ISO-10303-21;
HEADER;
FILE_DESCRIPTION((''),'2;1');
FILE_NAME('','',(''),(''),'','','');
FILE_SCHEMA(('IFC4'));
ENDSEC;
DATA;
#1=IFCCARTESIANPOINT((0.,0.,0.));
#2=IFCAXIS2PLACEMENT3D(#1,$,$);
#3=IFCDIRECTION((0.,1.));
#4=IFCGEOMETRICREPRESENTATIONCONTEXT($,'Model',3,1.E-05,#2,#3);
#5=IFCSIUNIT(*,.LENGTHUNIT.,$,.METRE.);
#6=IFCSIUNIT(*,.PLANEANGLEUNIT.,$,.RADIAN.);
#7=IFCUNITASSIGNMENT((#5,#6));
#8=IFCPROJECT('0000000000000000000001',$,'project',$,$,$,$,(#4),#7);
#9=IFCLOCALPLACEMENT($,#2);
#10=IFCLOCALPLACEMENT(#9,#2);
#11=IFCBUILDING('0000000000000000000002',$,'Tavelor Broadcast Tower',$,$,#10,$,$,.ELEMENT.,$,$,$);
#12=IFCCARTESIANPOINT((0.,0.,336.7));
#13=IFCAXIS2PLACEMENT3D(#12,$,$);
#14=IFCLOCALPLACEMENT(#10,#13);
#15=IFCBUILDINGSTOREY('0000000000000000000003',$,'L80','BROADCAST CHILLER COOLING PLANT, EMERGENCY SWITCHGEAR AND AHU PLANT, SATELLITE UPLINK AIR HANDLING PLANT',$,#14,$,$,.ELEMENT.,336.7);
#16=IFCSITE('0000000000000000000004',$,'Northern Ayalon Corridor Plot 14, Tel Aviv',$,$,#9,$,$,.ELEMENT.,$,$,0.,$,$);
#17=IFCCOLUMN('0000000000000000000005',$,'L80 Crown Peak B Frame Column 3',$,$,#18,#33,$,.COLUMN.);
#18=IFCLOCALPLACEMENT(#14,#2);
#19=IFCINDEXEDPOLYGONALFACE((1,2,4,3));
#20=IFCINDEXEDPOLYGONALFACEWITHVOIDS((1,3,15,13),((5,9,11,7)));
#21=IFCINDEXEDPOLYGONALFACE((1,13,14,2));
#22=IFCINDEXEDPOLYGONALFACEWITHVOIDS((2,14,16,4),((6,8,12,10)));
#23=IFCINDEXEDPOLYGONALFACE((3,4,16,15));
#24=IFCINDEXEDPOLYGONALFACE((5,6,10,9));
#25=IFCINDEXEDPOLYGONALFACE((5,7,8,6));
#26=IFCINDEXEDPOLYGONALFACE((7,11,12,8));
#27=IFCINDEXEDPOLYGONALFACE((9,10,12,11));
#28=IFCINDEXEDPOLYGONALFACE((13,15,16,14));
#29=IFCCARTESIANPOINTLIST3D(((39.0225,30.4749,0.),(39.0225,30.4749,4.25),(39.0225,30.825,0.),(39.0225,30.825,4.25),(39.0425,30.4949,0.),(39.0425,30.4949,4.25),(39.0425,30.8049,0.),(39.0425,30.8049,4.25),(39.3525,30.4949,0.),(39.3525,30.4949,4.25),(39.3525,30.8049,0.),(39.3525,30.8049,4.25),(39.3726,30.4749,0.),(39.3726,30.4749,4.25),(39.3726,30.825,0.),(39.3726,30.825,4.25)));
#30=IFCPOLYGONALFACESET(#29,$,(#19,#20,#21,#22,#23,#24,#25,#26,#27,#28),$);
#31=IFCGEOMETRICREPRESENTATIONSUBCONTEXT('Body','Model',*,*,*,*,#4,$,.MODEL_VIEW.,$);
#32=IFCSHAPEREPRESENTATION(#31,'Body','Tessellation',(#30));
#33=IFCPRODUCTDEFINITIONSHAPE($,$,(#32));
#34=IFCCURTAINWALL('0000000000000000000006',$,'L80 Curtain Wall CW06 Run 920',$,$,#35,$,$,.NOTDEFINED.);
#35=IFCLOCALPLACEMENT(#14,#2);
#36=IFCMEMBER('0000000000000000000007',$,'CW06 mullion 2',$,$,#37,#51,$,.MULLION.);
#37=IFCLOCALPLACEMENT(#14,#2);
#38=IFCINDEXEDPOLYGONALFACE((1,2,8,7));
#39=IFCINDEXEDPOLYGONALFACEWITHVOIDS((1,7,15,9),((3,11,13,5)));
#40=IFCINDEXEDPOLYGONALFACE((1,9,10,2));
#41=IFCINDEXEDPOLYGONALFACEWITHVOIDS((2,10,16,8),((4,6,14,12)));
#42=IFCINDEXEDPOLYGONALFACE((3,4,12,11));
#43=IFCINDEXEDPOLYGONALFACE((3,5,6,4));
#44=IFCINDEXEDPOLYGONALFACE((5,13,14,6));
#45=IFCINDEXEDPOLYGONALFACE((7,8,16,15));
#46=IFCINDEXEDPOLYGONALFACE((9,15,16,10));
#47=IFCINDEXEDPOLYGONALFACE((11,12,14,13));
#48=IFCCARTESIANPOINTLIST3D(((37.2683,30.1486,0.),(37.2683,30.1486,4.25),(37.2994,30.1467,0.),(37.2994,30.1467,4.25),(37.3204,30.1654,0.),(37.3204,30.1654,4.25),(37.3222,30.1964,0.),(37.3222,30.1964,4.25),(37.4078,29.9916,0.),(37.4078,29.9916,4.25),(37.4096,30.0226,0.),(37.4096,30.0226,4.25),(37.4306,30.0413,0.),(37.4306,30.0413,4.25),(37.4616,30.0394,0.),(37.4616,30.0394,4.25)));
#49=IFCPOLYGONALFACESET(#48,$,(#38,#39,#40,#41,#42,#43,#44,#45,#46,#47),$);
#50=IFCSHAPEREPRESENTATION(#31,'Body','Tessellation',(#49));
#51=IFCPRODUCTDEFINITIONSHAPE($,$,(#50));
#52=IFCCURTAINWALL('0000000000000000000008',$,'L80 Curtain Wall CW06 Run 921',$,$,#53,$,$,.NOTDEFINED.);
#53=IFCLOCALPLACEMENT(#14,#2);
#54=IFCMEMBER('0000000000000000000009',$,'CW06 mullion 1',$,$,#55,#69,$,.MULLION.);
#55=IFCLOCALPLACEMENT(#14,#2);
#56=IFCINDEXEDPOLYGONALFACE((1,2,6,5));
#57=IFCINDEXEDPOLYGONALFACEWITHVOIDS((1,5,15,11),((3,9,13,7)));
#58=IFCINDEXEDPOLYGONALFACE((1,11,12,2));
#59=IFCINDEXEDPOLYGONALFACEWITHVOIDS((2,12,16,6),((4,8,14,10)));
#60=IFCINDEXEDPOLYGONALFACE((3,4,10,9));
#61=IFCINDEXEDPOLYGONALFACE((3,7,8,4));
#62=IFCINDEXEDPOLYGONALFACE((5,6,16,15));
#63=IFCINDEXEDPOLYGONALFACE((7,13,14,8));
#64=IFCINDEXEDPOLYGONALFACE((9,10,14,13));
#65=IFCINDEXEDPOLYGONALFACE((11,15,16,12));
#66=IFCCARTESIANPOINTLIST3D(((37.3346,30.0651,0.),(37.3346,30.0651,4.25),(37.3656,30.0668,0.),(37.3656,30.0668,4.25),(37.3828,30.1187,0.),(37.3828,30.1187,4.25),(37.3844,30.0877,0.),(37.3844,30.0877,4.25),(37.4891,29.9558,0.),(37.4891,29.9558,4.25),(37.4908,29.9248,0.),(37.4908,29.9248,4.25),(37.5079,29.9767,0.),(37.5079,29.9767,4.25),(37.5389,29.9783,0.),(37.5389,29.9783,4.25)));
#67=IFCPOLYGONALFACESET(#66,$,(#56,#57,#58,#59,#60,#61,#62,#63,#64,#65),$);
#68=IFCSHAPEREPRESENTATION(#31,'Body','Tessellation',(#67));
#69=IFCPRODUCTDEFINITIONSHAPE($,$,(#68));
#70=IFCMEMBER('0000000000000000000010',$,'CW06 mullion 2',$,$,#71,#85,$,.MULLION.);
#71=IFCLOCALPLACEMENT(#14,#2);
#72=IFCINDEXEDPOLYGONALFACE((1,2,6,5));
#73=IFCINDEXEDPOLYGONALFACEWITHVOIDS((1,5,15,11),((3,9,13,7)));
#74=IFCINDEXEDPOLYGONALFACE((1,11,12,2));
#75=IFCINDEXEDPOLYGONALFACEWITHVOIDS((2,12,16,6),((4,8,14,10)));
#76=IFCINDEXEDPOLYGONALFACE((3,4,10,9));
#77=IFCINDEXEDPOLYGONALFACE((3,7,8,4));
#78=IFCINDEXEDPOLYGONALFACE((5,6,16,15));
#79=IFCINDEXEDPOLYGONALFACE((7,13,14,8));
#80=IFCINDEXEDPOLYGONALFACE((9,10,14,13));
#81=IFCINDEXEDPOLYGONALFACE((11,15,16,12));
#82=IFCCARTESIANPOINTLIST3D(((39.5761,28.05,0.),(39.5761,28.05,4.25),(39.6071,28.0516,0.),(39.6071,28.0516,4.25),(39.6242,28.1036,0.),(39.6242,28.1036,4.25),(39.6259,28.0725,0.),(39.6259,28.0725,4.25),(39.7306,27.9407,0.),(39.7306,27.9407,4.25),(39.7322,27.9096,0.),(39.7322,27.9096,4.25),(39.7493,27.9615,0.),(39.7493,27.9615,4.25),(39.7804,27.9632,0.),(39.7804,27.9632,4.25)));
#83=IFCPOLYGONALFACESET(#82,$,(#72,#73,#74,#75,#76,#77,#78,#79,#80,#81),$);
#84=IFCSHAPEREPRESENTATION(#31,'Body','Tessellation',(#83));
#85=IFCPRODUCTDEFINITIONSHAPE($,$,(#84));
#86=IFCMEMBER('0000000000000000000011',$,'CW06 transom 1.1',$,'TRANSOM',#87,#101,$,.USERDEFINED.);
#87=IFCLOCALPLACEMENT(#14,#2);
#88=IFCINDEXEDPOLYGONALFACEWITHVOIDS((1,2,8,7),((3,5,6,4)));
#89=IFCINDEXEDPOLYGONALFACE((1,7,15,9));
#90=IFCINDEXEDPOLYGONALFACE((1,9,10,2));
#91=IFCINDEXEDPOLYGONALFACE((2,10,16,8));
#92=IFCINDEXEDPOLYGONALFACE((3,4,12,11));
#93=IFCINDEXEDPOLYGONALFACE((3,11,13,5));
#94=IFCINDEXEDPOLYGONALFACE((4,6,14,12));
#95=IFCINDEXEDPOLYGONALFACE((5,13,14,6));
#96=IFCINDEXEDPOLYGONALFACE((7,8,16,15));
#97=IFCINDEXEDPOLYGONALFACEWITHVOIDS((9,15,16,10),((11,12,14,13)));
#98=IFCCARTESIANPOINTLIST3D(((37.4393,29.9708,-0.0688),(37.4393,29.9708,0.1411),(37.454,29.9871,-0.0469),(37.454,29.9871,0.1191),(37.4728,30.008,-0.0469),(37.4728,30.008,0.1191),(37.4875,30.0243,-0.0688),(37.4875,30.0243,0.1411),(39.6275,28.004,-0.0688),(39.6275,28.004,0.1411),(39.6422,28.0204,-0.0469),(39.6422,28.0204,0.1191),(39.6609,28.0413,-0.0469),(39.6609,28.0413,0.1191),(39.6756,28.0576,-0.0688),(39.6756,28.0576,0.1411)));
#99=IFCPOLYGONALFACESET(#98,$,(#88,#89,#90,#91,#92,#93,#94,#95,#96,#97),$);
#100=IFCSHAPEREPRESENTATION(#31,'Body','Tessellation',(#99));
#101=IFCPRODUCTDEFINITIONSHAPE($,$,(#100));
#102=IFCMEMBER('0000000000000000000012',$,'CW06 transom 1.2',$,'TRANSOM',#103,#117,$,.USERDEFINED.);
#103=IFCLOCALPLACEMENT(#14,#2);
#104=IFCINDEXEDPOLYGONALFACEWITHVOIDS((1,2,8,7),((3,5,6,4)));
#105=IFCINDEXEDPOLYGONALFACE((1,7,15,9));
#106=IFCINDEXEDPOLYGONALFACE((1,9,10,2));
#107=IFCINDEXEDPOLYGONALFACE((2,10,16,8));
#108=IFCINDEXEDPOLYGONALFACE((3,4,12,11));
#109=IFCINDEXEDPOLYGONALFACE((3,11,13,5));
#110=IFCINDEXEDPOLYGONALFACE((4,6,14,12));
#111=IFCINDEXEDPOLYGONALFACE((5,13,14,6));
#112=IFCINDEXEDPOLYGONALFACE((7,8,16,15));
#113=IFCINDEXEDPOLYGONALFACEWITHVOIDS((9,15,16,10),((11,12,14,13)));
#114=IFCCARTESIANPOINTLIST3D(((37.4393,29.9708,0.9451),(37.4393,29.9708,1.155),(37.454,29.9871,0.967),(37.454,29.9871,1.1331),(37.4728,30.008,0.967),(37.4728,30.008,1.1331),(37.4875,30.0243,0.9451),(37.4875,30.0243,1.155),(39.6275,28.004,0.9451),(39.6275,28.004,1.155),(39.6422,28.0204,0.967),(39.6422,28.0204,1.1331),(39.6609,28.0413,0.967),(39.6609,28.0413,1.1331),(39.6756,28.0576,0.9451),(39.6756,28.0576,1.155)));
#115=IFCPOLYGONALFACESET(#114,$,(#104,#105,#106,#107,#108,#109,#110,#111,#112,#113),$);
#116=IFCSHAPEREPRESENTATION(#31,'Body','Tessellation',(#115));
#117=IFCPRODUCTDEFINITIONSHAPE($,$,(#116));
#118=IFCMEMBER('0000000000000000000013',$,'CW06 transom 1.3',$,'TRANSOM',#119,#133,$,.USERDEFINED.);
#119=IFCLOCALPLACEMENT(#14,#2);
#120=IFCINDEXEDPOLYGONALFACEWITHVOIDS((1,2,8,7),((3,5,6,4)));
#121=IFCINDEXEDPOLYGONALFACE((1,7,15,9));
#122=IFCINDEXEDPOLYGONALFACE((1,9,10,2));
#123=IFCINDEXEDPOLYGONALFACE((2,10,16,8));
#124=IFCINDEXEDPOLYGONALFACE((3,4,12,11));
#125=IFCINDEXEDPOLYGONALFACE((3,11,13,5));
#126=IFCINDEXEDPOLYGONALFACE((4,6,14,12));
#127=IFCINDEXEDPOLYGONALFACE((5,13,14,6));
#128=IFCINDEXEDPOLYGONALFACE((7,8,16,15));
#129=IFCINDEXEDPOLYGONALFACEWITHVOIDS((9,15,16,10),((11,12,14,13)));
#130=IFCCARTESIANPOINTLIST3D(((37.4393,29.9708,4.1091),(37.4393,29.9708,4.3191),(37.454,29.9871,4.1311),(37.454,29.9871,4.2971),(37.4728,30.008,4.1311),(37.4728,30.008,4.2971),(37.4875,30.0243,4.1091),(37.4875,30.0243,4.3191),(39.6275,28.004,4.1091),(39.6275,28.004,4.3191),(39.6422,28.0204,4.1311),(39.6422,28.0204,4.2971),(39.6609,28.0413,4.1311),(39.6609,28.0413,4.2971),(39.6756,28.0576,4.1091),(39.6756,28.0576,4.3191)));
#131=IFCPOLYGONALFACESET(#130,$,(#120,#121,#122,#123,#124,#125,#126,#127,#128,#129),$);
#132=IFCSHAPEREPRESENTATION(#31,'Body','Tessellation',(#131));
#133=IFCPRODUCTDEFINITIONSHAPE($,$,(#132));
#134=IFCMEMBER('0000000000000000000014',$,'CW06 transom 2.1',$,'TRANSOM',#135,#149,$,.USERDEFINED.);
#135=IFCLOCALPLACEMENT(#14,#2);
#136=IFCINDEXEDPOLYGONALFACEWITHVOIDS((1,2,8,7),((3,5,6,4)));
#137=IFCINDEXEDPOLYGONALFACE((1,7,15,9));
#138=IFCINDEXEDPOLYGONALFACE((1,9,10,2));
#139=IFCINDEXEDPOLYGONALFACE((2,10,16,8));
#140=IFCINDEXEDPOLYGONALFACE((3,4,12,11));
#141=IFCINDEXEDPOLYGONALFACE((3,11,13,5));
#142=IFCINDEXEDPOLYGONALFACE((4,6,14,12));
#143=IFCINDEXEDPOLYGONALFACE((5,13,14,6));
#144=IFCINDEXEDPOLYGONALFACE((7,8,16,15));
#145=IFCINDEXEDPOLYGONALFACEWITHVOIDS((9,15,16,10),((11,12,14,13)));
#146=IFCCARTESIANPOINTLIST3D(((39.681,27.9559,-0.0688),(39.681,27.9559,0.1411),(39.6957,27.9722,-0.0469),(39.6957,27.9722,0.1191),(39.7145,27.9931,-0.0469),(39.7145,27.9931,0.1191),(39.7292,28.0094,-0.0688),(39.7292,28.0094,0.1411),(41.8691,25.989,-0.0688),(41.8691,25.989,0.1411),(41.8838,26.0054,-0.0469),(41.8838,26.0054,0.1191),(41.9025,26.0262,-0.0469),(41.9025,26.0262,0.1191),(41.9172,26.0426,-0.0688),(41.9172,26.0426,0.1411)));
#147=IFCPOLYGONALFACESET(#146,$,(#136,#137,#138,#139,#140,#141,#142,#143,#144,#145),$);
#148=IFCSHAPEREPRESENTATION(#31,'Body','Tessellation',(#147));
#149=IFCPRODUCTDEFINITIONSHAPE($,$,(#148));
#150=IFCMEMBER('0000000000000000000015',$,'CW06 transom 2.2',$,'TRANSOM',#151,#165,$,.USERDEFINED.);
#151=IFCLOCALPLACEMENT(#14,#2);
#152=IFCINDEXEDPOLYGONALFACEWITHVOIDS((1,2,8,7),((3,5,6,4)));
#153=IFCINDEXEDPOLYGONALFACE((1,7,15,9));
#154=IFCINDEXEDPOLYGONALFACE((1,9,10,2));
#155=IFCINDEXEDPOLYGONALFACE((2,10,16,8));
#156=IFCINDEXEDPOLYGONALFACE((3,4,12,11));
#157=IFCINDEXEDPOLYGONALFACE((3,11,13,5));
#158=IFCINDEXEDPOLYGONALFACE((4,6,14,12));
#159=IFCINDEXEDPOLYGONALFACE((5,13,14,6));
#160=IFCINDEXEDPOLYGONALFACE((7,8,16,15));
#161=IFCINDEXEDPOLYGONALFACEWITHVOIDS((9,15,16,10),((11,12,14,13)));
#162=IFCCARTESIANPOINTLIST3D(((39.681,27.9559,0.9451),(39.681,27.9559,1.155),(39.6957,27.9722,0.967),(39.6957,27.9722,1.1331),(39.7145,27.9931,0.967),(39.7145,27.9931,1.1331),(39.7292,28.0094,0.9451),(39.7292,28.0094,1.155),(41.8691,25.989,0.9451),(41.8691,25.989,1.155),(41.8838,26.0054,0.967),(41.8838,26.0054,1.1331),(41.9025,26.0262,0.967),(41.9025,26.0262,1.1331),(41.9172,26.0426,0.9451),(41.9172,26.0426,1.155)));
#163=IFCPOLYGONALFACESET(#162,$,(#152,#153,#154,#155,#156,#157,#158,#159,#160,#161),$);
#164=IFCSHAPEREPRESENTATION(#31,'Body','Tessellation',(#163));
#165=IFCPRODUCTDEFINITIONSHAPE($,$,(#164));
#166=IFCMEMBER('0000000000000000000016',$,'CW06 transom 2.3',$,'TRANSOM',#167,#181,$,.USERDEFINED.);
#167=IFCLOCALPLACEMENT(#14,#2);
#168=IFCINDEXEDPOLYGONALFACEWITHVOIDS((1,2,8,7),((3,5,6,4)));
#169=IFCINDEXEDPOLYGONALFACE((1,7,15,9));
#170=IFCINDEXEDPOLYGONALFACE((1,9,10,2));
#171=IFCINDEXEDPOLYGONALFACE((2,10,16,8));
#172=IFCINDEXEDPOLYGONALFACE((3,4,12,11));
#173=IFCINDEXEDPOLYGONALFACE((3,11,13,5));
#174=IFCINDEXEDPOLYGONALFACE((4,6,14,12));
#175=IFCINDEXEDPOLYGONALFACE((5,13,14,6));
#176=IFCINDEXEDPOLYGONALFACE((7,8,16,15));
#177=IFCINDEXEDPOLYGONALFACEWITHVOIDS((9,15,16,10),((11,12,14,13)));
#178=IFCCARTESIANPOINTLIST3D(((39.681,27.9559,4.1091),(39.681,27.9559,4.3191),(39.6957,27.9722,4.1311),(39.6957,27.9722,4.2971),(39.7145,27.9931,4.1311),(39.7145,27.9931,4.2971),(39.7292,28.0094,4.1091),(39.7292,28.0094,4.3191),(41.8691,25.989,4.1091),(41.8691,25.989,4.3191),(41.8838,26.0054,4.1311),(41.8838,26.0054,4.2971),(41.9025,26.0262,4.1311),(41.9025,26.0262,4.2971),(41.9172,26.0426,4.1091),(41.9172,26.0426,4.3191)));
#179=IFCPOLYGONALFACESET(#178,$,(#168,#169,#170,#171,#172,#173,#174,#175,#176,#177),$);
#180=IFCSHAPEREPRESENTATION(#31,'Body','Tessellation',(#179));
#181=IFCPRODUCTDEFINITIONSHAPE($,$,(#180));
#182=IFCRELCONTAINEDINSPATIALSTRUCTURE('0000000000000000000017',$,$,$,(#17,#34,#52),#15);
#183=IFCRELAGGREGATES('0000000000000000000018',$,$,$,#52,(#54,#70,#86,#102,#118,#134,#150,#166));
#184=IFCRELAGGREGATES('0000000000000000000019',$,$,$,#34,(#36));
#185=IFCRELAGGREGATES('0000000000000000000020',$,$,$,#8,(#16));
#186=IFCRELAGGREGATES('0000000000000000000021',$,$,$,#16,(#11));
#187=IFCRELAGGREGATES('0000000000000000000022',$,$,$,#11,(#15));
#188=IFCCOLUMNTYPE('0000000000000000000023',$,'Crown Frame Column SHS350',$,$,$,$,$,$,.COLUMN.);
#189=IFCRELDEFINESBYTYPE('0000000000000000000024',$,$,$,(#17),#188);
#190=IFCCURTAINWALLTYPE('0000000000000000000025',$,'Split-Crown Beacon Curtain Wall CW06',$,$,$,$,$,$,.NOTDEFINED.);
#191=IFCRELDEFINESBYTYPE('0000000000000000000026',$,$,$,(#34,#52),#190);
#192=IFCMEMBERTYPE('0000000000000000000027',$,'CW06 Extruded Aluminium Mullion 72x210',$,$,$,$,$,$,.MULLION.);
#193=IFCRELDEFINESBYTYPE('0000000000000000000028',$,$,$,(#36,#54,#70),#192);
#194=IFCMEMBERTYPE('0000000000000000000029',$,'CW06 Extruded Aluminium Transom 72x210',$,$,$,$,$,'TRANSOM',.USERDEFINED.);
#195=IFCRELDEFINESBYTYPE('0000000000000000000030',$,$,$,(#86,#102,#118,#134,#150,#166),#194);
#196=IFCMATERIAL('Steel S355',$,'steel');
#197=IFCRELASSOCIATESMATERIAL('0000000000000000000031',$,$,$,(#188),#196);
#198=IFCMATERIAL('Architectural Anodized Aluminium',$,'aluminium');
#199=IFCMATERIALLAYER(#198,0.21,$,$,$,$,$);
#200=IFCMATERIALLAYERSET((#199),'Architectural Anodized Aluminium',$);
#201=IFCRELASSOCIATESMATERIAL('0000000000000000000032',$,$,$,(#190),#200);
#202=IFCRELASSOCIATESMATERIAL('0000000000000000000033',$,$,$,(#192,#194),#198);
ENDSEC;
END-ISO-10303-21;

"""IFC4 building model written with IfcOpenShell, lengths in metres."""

from ifc_helpers import new_model, si_unit, direction, frame, origin, origin_2d, place, context, subcontext, project, spatial, hollow_rectangle, extrude, source, transform, mapped, material, layer, layer_set, material_profile, profile_set, type_object, type_shapes, element, aggregate, save


model = new_model("IFC4")

# Units and contexts
model_context = context("Model", 3, precision=1e-05, world=origin(), true_north=direction((0.0, 1.0)))
body_context = subcontext(model_context, "Body", "Model", "MODEL_VIEW")
ifc_project = project(units=[si_unit("LENGTHUNIT", "METRE"), si_unit("PLANEANGLEUNIT", "RADIAN")], contexts=[model_context])

# Site, building, storey
site_placement = place(None, origin())
site = spatial("IfcSite", under=ifc_project, at=site_placement, Name="Northern Ayalon Corridor Plot 14, Tel Aviv", CompositionType="ELEMENT", RefElevation=0.0)
building_placement = place(site_placement, origin())
building = spatial("IfcBuilding", under=site, at=building_placement, Name="Tavelor Broadcast Tower", CompositionType="ELEMENT")
storey_placement = place(building_placement, frame((0.0, 0.0, 336.7)))
storey = spatial("IfcBuildingStorey", under=building, at=storey_placement, Name="L80", Description="BROADCAST CHILLER COOLING PLANT, EMERGENCY SWITCHGEAR AND AHU PLANT, SATELLITE UPLINK AIR HANDLING PLANT", CompositionType="ELEMENT", Elevation=336.7)

# Column
ifc_material_1 = material(Name="Steel S355", Category="steel")
ifc_material_profile_1 = material_profile(ifc_material_1, hollow_rectangle(XDim=0.3501, YDim=0.3501, WallThickness=0.02, at=origin_2d()), Name="SHS 350x350x20")
ifc_profile_set_1 = profile_set([ifc_material_profile_1], Name="Steel S355")
column_type = type_object("IfcColumnType", Name="Crown Frame Column SHS350", PredefinedType="COLUMN", material=ifc_profile_set_1)
column_placement = place(storey_placement, frame((39.1975, 30.6499, 0.0), z_axis=(0.0, 0.0, 1.0), x_axis=(1.0, 0.0, 0.0)))
element("IfcColumn", 1, at=column_placement, inside=storey, type_object=column_type, Name="L80 Crown Peak B Frame Column 3", PredefinedType="COLUMN", context=body_context, shape_type="SweptSolid", body=[
    extrude(hollow_rectangle(XDim=0.3501, YDim=0.3501, WallThickness=0.02, at=origin_2d()), origin(), (0.0, 0.0, 1.0), 4.25),
])

# Curtain wall, member
ifc_material_2 = material(Name="Architectural Anodized Aluminium", Category="aluminium")
ifc_layer_1 = layer(ifc_material_2, 0.21)
ifc_layer_set_1 = layer_set([ifc_layer_1], Name="Architectural Anodized Aluminium")
curtain_wall_type = type_object("IfcCurtainWallType", Name="Split-Crown Beacon Curtain Wall CW06", PredefinedType="NOTDEFINED", material=ifc_layer_set_1)
curtain_wall_1_placement = place(storey_placement, origin())
curtain_wall_1 = element("IfcCurtainWall", 2, at=curtain_wall_1_placement, inside=storey, type_object=curtain_wall_type, Name="L80 Curtain Wall CW06 Run 920", PredefinedType="NOTDEFINED")
ifc_material_profile_2 = material_profile(ifc_material_2, hollow_rectangle(XDim=0.072, YDim=0.21, WallThickness=0.022, at=origin_2d()), Name="RHS 72x210x22")
ifc_profile_set_2 = profile_set([ifc_material_profile_2], Name="Architectural Anodized Aluminium")
member_type_1 = type_object("IfcMemberType", Name="CW06 Extruded Aluminium Mullion 72x210", PredefinedType="MULLION", material=ifc_profile_set_2)
shared_shape_1 = source(origin(), body_context, "Body", "SweptSolid", [
    extrude(hollow_rectangle(XDim=0.072, YDim=0.21, WallThickness=0.022, at=origin_2d()), origin(), (0.0, 0.0, 1.0), 4.25),
])
type_shapes(member_type_1, [shared_shape_1])
member_1_placement = place(storey_placement, frame((37.365, 30.094, 0.0), z_axis=(0.0, 0.0, 1.0), x_axis=(0.747602, 0.664147, 0.0)))
member_1 = element("IfcMember", 3, at=member_1_placement, type_object=member_type_1, Name="CW06 mullion 2", PredefinedType="MULLION", context=body_context, shape_type="MappedRepresentation", body=[
    mapped(shared_shape_1, transform((0.0, 0.0, 0.0), scale=1.0)),
])

# Curtain wall, members
curtain_wall_2_placement = place(storey_placement, origin())
curtain_wall_2 = element("IfcCurtainWall", 4, at=curtain_wall_2_placement, inside=storey, type_object=curtain_wall_type, Name="L80 Curtain Wall CW06 Run 921", PredefinedType="NOTDEFINED")
member_2_placement = place(storey_placement, frame((37.4368, 30.0217, 0.0), z_axis=(0.0, 0.0, 1.0), x_axis=(0.668501, 0.743711, 0.0)))
member_2 = element("IfcMember", 5, at=member_2_placement, type_object=member_type_1, Name="CW06 mullion 1", PredefinedType="MULLION", context=body_context, shape_type="MappedRepresentation", body=[
    mapped(shared_shape_1, transform((0.0, 0.0, 0.0), scale=1.0)),
])
member_3_placement = place(storey_placement, frame((39.6782, 28.0066, 0.0), z_axis=(0.0, 0.0, 1.0), x_axis=(0.668501, 0.743711, 0.0)))
member_3 = element("IfcMember", 6, at=member_3_placement, type_object=member_type_1, Name="CW06 mullion 2", PredefinedType="MULLION", context=body_context, shape_type="MappedRepresentation", body=[
    mapped(shared_shape_1, transform((0.0, 0.0, 0.0), scale=1.0)),
])
ifc_material_profile_3 = material_profile(ifc_material_2, hollow_rectangle(XDim=0.072, YDim=0.21, WallThickness=0.022, at=origin_2d()), Name="RHS 72x210x22")
ifc_profile_set_3 = profile_set([ifc_material_profile_3], Name="Architectural Anodized Aluminium")
member_type_2 = type_object("IfcMemberType", Name="CW06 Extruded Aluminium Transom 72x210", ElementType="TRANSOM", PredefinedType="USERDEFINED", material=ifc_profile_set_3)
shared_shape_2 = source(origin(), body_context, "Body", "SweptSolid", [
    extrude(hollow_rectangle(XDim=0.072, YDim=0.21, WallThickness=0.022, at=origin_2d()), origin(), (0.0, 0.0, 1.0), 2.9421),
])
type_shapes(member_type_2, [shared_shape_2])
member_4_placement = place(storey_placement, frame((37.4634, 29.9976, 0.0361), z_axis=(0.743735, -0.668474, 0.0), x_axis=(0.668474, 0.743735, 0.0)))
member_4 = element("IfcMember", 7, at=member_4_placement, type_object=member_type_2, Name="CW06 transom 1.1", ObjectType="TRANSOM", PredefinedType="USERDEFINED", context=body_context, shape_type="MappedRepresentation", body=[
    mapped(shared_shape_2, transform((0.0, 0.0, 0.0), scale=1.0)),
])
member_5_placement = place(storey_placement, frame((37.4634, 29.9976, 1.05), z_axis=(0.743735, -0.668474, 0.0), x_axis=(0.668474, 0.743735, 0.0)))
member_5 = element("IfcMember", 8, at=member_5_placement, type_object=member_type_2, Name="CW06 transom 1.2", ObjectType="TRANSOM", PredefinedType="USERDEFINED", context=body_context, shape_type="MappedRepresentation", body=[
    mapped(shared_shape_2, transform((0.0, 0.0, 0.0), scale=1.0)),
])
member_6_placement = place(storey_placement, frame((37.4634, 29.9976, 4.2141), z_axis=(0.743735, -0.668474, 0.0), x_axis=(0.668474, 0.743735, 0.0)))
member_6 = element("IfcMember", 9, at=member_6_placement, type_object=member_type_2, Name="CW06 transom 1.3", ObjectType="TRANSOM", PredefinedType="USERDEFINED", context=body_context, shape_type="MappedRepresentation", body=[
    mapped(shared_shape_2, transform((0.0, 0.0, 0.0), scale=1.0)),
])
member_7_placement = place(storey_placement, frame((39.7051, 27.9827, 0.0361), z_axis=(0.743698, -0.668515, 0.0), x_axis=(0.668515, 0.743698, 0.0)))
member_7 = element("IfcMember", 10, at=member_7_placement, type_object=member_type_2, Name="CW06 transom 2.1", ObjectType="TRANSOM", PredefinedType="USERDEFINED", context=body_context, shape_type="MappedRepresentation", body=[
    mapped(shared_shape_2, transform((0.0, 0.0, 0.0), scale=1.0)),
])
member_8_placement = place(storey_placement, frame((39.7051, 27.9827, 1.05), z_axis=(0.743698, -0.668515, 0.0), x_axis=(0.668515, 0.743698, 0.0)))
member_8 = element("IfcMember", 11, at=member_8_placement, type_object=member_type_2, Name="CW06 transom 2.2", ObjectType="TRANSOM", PredefinedType="USERDEFINED", context=body_context, shape_type="MappedRepresentation", body=[
    mapped(shared_shape_2, transform((0.0, 0.0, 0.0), scale=1.0)),
])
member_9_placement = place(storey_placement, frame((39.7051, 27.9827, 4.2141), z_axis=(0.743698, -0.668515, 0.0), x_axis=(0.668515, 0.743698, 0.0)))
member_9 = element("IfcMember", 12, at=member_9_placement, type_object=member_type_2, Name="CW06 transom 2.3", ObjectType="TRANSOM", PredefinedType="USERDEFINED", context=body_context, shape_type="MappedRepresentation", body=[
    mapped(shared_shape_2, transform((0.0, 0.0, 0.0), scale=1.0)),
])

aggregate(curtain_wall_2, [member_2, member_3, member_4, member_5, member_6, member_7, member_8, member_9])
aggregate(curtain_wall_1, [member_1])

save(model, "model.ifc")
